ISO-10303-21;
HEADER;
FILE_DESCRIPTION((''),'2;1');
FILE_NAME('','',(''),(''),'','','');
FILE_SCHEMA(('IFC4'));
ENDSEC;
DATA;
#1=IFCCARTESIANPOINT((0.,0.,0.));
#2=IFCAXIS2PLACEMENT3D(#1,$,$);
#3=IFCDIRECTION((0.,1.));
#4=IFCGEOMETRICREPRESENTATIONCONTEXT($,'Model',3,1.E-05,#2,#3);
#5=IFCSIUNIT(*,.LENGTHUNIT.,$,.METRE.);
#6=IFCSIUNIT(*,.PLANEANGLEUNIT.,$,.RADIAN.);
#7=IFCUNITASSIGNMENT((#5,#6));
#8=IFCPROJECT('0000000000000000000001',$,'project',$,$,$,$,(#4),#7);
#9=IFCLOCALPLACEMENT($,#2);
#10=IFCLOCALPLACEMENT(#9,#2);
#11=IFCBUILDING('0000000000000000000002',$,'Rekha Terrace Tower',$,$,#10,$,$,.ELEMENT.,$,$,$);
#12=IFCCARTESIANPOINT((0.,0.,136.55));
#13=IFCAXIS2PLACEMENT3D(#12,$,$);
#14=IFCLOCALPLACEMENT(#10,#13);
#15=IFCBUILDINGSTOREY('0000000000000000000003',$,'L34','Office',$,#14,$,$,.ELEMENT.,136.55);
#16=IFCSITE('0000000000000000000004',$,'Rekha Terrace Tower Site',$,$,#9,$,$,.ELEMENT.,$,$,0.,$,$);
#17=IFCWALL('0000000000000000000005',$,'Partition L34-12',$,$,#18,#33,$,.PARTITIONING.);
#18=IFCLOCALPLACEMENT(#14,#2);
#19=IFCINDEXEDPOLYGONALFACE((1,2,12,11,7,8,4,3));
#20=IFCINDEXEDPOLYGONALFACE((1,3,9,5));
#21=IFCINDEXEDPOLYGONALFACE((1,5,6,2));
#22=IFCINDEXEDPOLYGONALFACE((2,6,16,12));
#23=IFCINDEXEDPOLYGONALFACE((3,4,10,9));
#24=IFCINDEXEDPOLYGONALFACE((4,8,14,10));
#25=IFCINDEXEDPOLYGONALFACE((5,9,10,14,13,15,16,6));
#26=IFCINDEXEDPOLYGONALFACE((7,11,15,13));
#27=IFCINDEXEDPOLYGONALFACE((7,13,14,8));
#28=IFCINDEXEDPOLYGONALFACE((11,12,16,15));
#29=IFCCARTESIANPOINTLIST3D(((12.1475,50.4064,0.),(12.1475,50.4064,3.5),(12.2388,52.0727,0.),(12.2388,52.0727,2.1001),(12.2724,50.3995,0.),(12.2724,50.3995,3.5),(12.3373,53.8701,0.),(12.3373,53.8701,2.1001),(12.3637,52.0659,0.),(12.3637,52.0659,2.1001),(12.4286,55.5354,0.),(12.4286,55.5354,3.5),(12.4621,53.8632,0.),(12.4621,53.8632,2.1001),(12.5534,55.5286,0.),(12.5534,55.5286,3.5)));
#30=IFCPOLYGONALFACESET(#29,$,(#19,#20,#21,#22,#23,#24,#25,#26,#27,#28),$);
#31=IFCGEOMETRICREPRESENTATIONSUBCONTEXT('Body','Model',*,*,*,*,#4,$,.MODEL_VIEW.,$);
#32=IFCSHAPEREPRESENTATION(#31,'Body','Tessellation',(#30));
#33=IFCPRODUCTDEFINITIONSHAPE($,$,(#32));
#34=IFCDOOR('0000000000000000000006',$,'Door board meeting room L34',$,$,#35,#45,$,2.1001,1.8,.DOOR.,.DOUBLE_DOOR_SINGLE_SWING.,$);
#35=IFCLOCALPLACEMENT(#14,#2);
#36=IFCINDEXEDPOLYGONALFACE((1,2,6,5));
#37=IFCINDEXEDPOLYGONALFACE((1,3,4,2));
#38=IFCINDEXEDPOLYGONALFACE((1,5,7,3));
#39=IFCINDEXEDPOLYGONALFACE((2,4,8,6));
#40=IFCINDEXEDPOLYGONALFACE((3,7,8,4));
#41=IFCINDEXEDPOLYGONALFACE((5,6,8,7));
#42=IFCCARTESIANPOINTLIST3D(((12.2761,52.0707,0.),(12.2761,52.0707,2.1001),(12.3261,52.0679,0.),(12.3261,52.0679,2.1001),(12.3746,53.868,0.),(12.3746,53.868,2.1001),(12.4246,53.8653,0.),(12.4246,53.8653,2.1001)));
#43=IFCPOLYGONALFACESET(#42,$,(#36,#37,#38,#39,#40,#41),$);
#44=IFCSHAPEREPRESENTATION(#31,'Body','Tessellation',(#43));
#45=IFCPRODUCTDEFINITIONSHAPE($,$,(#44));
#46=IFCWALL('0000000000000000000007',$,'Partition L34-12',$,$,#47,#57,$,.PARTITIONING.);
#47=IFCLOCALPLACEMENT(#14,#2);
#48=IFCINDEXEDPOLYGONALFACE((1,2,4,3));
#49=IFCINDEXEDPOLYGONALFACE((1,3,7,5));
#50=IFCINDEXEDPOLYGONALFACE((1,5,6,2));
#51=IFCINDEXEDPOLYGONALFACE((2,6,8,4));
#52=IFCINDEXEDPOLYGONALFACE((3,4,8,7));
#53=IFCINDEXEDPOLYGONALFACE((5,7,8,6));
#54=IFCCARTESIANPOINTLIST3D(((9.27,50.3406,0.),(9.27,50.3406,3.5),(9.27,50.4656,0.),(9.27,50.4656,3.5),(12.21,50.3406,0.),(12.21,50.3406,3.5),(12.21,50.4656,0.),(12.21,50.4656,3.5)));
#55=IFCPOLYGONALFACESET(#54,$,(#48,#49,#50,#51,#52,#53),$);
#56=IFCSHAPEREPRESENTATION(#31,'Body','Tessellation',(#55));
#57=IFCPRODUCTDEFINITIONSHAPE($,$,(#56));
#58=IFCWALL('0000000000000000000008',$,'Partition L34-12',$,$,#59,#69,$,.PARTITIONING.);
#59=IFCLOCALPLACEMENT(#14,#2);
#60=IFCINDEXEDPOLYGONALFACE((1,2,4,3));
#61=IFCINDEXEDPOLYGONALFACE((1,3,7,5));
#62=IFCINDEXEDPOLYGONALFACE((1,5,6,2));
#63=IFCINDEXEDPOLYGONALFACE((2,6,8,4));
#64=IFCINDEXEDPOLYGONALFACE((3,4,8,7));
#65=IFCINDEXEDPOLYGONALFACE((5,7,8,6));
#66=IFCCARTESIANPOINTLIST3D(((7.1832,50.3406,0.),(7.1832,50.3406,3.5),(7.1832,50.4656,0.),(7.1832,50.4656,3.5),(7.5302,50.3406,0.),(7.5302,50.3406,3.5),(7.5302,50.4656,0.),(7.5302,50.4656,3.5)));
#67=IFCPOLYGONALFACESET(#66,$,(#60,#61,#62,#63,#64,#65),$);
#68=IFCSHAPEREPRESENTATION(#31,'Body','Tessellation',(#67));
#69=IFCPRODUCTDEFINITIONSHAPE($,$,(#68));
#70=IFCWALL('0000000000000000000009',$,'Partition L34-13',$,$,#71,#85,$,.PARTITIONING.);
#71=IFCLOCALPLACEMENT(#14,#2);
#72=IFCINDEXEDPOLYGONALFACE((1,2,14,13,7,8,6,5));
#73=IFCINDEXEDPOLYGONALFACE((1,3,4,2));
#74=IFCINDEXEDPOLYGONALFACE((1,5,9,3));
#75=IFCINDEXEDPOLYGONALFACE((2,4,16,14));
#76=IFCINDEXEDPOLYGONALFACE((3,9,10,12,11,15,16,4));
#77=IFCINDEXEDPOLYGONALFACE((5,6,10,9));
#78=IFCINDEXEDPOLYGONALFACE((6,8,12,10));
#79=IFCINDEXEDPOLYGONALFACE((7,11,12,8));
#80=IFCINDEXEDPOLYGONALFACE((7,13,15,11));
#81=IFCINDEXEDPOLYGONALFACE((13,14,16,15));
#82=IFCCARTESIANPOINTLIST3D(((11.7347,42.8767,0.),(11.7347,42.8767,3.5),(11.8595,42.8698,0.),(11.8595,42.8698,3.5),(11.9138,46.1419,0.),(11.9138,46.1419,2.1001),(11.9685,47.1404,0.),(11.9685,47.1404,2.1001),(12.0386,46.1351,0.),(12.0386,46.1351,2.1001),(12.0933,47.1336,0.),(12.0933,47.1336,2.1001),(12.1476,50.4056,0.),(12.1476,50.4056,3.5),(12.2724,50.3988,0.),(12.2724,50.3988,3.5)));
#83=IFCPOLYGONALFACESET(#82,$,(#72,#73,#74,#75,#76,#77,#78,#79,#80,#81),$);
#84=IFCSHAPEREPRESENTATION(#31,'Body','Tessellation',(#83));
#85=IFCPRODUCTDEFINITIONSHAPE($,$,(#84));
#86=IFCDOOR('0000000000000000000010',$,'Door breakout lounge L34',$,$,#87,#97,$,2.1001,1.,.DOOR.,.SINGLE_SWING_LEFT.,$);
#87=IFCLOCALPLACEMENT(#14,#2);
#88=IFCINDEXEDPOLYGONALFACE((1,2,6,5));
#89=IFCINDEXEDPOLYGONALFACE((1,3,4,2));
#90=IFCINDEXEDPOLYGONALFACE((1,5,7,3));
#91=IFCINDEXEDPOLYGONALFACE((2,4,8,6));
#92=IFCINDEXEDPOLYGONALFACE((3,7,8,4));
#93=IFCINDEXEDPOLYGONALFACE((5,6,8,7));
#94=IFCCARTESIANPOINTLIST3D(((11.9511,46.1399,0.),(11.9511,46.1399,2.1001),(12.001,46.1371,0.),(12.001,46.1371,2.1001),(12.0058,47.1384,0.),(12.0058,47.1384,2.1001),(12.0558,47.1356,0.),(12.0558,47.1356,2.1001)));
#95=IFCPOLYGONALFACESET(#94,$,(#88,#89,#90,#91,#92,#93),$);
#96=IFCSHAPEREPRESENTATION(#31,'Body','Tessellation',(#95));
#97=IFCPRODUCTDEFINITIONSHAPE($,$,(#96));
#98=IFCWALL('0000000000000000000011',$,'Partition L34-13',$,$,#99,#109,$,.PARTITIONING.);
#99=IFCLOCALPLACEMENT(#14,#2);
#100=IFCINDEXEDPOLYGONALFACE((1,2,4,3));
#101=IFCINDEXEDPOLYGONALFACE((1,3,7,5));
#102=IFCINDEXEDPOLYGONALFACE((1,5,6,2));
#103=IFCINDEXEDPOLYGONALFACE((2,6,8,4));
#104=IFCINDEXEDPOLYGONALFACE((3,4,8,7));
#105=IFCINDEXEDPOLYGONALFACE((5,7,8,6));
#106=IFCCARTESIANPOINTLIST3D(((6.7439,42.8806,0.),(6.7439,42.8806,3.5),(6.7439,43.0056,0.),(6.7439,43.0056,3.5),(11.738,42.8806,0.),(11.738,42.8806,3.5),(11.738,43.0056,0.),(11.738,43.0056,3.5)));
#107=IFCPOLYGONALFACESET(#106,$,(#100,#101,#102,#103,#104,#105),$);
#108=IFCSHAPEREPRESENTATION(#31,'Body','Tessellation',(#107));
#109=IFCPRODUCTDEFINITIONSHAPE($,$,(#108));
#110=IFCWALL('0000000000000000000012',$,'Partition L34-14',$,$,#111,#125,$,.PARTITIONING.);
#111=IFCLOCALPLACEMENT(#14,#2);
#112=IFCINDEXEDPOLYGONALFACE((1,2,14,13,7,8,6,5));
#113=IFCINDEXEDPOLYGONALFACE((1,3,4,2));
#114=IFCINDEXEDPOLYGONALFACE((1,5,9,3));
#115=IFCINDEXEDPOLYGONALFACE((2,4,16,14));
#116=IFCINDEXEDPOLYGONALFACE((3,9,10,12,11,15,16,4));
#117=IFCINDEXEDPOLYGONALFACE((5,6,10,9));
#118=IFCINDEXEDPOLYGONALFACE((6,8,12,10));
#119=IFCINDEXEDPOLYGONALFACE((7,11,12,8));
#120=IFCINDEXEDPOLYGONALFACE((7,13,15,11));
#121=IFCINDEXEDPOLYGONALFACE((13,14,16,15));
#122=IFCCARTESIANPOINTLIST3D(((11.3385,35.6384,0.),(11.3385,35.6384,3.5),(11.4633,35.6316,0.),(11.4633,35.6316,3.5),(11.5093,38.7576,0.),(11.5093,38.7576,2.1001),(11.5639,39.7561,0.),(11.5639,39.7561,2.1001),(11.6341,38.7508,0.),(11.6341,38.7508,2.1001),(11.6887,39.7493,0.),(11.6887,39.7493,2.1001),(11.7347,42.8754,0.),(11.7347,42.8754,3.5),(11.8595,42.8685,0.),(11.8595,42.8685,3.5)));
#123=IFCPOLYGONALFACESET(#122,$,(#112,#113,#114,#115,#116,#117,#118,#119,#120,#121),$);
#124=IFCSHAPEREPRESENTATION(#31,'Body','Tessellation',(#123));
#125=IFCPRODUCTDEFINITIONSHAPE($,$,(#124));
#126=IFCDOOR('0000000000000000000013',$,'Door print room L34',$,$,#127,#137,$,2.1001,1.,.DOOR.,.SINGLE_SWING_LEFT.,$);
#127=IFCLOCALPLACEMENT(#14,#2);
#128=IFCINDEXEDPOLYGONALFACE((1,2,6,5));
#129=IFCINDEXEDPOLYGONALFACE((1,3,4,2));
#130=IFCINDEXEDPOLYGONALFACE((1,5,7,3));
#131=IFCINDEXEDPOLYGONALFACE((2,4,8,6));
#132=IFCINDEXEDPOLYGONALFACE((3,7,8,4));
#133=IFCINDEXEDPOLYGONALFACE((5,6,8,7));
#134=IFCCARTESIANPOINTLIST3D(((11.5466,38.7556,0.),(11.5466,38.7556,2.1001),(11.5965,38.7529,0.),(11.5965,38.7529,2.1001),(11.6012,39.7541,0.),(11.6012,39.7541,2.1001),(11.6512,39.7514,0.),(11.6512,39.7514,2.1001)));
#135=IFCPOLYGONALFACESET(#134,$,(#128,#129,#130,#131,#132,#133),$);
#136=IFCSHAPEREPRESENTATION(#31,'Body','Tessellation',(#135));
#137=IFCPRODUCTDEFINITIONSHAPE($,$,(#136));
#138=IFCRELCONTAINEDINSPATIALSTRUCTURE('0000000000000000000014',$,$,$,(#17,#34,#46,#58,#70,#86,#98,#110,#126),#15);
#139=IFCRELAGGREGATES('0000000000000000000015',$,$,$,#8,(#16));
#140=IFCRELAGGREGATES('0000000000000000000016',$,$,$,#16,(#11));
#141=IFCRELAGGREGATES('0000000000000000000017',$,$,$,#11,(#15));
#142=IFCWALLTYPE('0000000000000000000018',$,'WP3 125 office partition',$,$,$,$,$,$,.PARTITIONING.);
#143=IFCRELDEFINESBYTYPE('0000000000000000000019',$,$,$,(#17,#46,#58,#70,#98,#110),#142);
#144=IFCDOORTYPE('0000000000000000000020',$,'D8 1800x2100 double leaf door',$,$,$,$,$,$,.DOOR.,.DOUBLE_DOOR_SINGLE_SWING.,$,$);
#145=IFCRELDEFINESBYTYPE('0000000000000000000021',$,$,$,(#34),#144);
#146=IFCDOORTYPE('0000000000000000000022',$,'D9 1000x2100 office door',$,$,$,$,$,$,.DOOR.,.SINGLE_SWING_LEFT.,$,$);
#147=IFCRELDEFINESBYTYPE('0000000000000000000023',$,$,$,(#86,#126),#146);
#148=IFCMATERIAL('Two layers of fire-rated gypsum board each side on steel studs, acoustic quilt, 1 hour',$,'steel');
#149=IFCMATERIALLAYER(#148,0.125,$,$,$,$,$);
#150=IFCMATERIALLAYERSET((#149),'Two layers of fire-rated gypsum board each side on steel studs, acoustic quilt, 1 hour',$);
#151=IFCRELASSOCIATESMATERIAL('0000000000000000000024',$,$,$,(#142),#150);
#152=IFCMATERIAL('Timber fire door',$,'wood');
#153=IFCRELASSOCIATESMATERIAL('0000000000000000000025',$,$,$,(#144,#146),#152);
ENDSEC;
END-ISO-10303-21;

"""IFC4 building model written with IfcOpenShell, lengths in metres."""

from ifc_helpers import new_model, si_unit, direction, frame, frame_2d, origin, place, context, subcontext, project, spatial, rectangle, extrude, material, layer, layer_set, type_object, element, fill, save


model = new_model("IFC4")

# Units and contexts
model_context = context("Model", 3, precision=1e-05, world=origin(), true_north=direction((0.0, 1.0)))
body_context = subcontext(model_context, "Body", "Model", "MODEL_VIEW")
ifc_project = project(units=[si_unit("LENGTHUNIT", "METRE"), si_unit("PLANEANGLEUNIT", "RADIAN")], contexts=[model_context])

# Site, building, storey
site_placement = place(None, origin())
site = spatial("IfcSite", under=ifc_project, at=site_placement, Name="Rekha Terrace Tower Site", CompositionType="ELEMENT", RefElevation=0.0)
building_placement = place(site_placement, origin())
building = spatial("IfcBuilding", under=site, at=building_placement, Name="Rekha Terrace Tower", CompositionType="ELEMENT")
storey_placement = place(building_placement, frame((0.0, 0.0, 136.55)))
storey = spatial("IfcBuildingStorey", under=building, at=storey_placement, Name="L34", Description="Office", CompositionType="ELEMENT", Elevation=136.55)

# Wall, opening, door
ifc_material_1 = material(Name="Two layers of fire-rated gypsum board each side on steel studs, acoustic quilt, 1 hour", Category="steel")
ifc_layer_1 = layer(ifc_material_1, 0.125)
ifc_layer_set_1 = layer_set([ifc_layer_1], Name="Two layers of fire-rated gypsum board each side on steel studs, acoustic quilt, 1 hour")
wall_type = type_object("IfcWallType", Name="WP3 125 office partition", PredefinedType="PARTITIONING", material=ifc_layer_set_1)
wall_1_placement = place(storey_placement, frame((12.491, 55.532, 0.0), z_axis=(0.0, 0.0, 1.0), x_axis=(-0.054707, -0.998502, 0.0)))
wall_1 = element("IfcWall", 1, at=wall_1_placement, inside=storey, type_object=wall_type, Name="Partition L34-12", PredefinedType="PARTITIONING", context=body_context, shape_type="SweptSolid", body=[
    extrude(rectangle(XDim=5.1367, YDim=0.125, at=frame_2d((2.5684, 0.0))), origin(), (0.0, 0.0, 1.0), 3.5),
])
opening_1_placement = place(wall_1_placement, frame((1.668, 0.0, 0.0)))
opening_1 = element("IfcOpeningElement", 2, at=opening_1_placement, cuts=wall_1, PredefinedType="OPENING", context=body_context, shape_type="SweptSolid", body=[
    extrude(rectangle(XDim=1.8, YDim=2.1001, at=frame_2d((0.8999, 1.05))), frame((0.0, 0.0725, 0.0), z_axis=(0.0, -1.0, 0.0), x_axis=(1.0, 0.0, 0.0)), (0.0, 0.0, 1.0), 0.145),
])
ifc_material_2 = material(Name="Timber fire door", Category="wood")
door_type_1 = type_object("IfcDoorType", Name="D8 1800x2100 double leaf door", OperationType="DOUBLE_DOOR_SINGLE_SWING", PredefinedType="DOOR", material=ifc_material_2)
door_1_placement = place(opening_1_placement, origin())
door_1 = element("IfcDoor", 3, at=door_1_placement, inside=storey, type_object=door_type_1, Name="Door board meeting room L34", OperationType="DOUBLE_DOOR_SINGLE_SWING", OverallHeight=2.1001, OverallWidth=1.8, PredefinedType="DOOR", context=body_context, shape_type="SweptSolid", body=[
    extrude(rectangle(XDim=1.8, YDim=2.1001, at=frame_2d((0.8999, 1.05))), frame((0.0, 0.0249, 0.0), z_axis=(0.0, -1.0, 0.0), x_axis=(1.0, 0.0, 0.0)), (0.0, 0.0, 1.0), 0.05),
])
fill(opening_1, door_1)

# Walls
wall_2_placement = place(storey_placement, frame((12.21, 50.4031, 0.0), z_axis=(0.0, 0.0, 1.0), x_axis=(-1.0, 0.0, 0.0)))
element("IfcWall", 4, at=wall_2_placement, inside=storey, type_object=wall_type, Name="Partition L34-12", PredefinedType="PARTITIONING", context=body_context, shape_type="SweptSolid", body=[
    extrude(rectangle(XDim=2.9399, YDim=0.125, at=frame_2d((1.47, 0.0))), origin(), (0.0, 0.0, 1.0), 3.5),
])
wall_3_placement = place(storey_placement, frame((7.53, 50.4031, 0.0), z_axis=(0.0, 0.0, 1.0), x_axis=(-1.0, 0.0, 0.0)))
element("IfcWall", 5, at=wall_3_placement, inside=storey, type_object=wall_type, Name="Partition L34-12", PredefinedType="PARTITIONING", context=body_context, shape_type="SweptSolid", body=[
    extrude(rectangle(XDim=0.3469, YDim=0.125, at=frame_2d((0.1733, 0.0))), origin(), (0.0, 0.0, 1.0), 3.5),
])

# Wall, opening, door
wall_4_placement = place(storey_placement, frame((12.21, 50.4021, 0.0), z_axis=(0.0, 0.0, 1.0), x_axis=(-0.054751, -0.9985, 0.0)))
wall_4 = element("IfcWall", 6, at=wall_4_placement, inside=storey, type_object=wall_type, Name="Partition L34-13", PredefinedType="PARTITIONING", context=body_context, shape_type="SweptSolid", body=[
    extrude(rectangle(XDim=7.5403, YDim=0.125, at=frame_2d((3.77, 0.0))), origin(), (0.0, 0.0, 1.0), 3.5),
])
opening_2_placement = place(wall_4_placement, frame((3.27, 0.0, 0.0)))
opening_2 = element("IfcOpeningElement", 7, at=opening_2_placement, cuts=wall_4, PredefinedType="OPENING", context=body_context, shape_type="SweptSolid", body=[
    extrude(rectangle(XDim=1.0, YDim=2.1001, at=frame_2d((0.5, 1.05))), frame((0.0, 0.0725, 0.0), z_axis=(0.0, -1.0, 0.0), x_axis=(1.0, 0.0, 0.0)), (0.0, 0.0, 1.0), 0.145),
])
door_type_2 = type_object("IfcDoorType", Name="D9 1000x2100 office door", OperationType="SINGLE_SWING_LEFT", PredefinedType="DOOR", material=ifc_material_2)
door_2_placement = place(opening_2_placement, origin())
door_2 = element("IfcDoor", 8, at=door_2_placement, inside=storey, type_object=door_type_2, Name="Door breakout lounge L34", OperationType="SINGLE_SWING_LEFT", OverallHeight=2.1001, OverallWidth=1.0, PredefinedType="DOOR", context=body_context, shape_type="SweptSolid", body=[
    extrude(rectangle(XDim=1.0, YDim=2.1001, at=frame_2d((0.5, 1.05))), frame((0.0, 0.0249, 0.0), z_axis=(0.0, -1.0, 0.0), x_axis=(1.0, 0.0, 0.0)), (0.0, 0.0, 1.0), 0.05),
])
fill(opening_2, door_2)

# Wall
wall_5_placement = place(storey_placement, frame((11.738, 42.9431, 0.0), z_axis=(0.0, 0.0, 1.0), x_axis=(-1.0, 0.0, 0.0)))
element("IfcWall", 9, at=wall_5_placement, inside=storey, type_object=wall_type, Name="Partition L34-13", PredefinedType="PARTITIONING", context=body_context, shape_type="SweptSolid", body=[
    extrude(rectangle(XDim=4.9941, YDim=0.125, at=frame_2d((2.4971, 0.0))), origin(), (0.0, 0.0, 1.0), 3.5),
])

# Wall, opening, door
wall_6_placement = place(storey_placement, frame((11.7971, 42.8721, 0.0), z_axis=(0.0, 0.0, 1.0), x_axis=(-0.05467, -0.998504, 0.0)))
wall_6 = element("IfcWall", 10, at=wall_6_placement, inside=storey, type_object=wall_type, Name="Partition L34-14", PredefinedType="PARTITIONING", context=body_context, shape_type="SweptSolid", body=[
    extrude(rectangle(XDim=7.2478, YDim=0.125, at=frame_2d((3.624, 0.0))), origin(), (0.0, 0.0, 1.0), 3.5),
])
opening_3_placement = place(wall_6_placement, frame((3.124, 0.0, 0.0)))
opening_3 = element("IfcOpeningElement", 11, at=opening_3_placement, cuts=wall_6, PredefinedType="OPENING", context=body_context, shape_type="SweptSolid", body=[
    extrude(rectangle(XDim=1.0, YDim=2.1001, at=frame_2d((0.5, 1.05))), frame((0.0, 0.0725, 0.0), z_axis=(0.0, -1.0, 0.0), x_axis=(1.0, 0.0, 0.0)), (0.0, 0.0, 1.0), 0.145),
])
door_3_placement = place(opening_3_placement, origin())
door_3 = element("IfcDoor", 12, at=door_3_placement, inside=storey, type_object=door_type_2, Name="Door print room L34", OperationType="SINGLE_SWING_LEFT", OverallHeight=2.1001, OverallWidth=1.0, PredefinedType="DOOR", context=body_context, shape_type="SweptSolid", body=[
    extrude(rectangle(XDim=1.0, YDim=2.1001, at=frame_2d((0.5, 1.05))), frame((0.0, 0.0249, 0.0), z_axis=(0.0, -1.0, 0.0), x_axis=(1.0, 0.0, 0.0)), (0.0, 0.0, 1.0), 0.05),
])
fill(opening_3, door_3)

save(model, "model.ifc")
